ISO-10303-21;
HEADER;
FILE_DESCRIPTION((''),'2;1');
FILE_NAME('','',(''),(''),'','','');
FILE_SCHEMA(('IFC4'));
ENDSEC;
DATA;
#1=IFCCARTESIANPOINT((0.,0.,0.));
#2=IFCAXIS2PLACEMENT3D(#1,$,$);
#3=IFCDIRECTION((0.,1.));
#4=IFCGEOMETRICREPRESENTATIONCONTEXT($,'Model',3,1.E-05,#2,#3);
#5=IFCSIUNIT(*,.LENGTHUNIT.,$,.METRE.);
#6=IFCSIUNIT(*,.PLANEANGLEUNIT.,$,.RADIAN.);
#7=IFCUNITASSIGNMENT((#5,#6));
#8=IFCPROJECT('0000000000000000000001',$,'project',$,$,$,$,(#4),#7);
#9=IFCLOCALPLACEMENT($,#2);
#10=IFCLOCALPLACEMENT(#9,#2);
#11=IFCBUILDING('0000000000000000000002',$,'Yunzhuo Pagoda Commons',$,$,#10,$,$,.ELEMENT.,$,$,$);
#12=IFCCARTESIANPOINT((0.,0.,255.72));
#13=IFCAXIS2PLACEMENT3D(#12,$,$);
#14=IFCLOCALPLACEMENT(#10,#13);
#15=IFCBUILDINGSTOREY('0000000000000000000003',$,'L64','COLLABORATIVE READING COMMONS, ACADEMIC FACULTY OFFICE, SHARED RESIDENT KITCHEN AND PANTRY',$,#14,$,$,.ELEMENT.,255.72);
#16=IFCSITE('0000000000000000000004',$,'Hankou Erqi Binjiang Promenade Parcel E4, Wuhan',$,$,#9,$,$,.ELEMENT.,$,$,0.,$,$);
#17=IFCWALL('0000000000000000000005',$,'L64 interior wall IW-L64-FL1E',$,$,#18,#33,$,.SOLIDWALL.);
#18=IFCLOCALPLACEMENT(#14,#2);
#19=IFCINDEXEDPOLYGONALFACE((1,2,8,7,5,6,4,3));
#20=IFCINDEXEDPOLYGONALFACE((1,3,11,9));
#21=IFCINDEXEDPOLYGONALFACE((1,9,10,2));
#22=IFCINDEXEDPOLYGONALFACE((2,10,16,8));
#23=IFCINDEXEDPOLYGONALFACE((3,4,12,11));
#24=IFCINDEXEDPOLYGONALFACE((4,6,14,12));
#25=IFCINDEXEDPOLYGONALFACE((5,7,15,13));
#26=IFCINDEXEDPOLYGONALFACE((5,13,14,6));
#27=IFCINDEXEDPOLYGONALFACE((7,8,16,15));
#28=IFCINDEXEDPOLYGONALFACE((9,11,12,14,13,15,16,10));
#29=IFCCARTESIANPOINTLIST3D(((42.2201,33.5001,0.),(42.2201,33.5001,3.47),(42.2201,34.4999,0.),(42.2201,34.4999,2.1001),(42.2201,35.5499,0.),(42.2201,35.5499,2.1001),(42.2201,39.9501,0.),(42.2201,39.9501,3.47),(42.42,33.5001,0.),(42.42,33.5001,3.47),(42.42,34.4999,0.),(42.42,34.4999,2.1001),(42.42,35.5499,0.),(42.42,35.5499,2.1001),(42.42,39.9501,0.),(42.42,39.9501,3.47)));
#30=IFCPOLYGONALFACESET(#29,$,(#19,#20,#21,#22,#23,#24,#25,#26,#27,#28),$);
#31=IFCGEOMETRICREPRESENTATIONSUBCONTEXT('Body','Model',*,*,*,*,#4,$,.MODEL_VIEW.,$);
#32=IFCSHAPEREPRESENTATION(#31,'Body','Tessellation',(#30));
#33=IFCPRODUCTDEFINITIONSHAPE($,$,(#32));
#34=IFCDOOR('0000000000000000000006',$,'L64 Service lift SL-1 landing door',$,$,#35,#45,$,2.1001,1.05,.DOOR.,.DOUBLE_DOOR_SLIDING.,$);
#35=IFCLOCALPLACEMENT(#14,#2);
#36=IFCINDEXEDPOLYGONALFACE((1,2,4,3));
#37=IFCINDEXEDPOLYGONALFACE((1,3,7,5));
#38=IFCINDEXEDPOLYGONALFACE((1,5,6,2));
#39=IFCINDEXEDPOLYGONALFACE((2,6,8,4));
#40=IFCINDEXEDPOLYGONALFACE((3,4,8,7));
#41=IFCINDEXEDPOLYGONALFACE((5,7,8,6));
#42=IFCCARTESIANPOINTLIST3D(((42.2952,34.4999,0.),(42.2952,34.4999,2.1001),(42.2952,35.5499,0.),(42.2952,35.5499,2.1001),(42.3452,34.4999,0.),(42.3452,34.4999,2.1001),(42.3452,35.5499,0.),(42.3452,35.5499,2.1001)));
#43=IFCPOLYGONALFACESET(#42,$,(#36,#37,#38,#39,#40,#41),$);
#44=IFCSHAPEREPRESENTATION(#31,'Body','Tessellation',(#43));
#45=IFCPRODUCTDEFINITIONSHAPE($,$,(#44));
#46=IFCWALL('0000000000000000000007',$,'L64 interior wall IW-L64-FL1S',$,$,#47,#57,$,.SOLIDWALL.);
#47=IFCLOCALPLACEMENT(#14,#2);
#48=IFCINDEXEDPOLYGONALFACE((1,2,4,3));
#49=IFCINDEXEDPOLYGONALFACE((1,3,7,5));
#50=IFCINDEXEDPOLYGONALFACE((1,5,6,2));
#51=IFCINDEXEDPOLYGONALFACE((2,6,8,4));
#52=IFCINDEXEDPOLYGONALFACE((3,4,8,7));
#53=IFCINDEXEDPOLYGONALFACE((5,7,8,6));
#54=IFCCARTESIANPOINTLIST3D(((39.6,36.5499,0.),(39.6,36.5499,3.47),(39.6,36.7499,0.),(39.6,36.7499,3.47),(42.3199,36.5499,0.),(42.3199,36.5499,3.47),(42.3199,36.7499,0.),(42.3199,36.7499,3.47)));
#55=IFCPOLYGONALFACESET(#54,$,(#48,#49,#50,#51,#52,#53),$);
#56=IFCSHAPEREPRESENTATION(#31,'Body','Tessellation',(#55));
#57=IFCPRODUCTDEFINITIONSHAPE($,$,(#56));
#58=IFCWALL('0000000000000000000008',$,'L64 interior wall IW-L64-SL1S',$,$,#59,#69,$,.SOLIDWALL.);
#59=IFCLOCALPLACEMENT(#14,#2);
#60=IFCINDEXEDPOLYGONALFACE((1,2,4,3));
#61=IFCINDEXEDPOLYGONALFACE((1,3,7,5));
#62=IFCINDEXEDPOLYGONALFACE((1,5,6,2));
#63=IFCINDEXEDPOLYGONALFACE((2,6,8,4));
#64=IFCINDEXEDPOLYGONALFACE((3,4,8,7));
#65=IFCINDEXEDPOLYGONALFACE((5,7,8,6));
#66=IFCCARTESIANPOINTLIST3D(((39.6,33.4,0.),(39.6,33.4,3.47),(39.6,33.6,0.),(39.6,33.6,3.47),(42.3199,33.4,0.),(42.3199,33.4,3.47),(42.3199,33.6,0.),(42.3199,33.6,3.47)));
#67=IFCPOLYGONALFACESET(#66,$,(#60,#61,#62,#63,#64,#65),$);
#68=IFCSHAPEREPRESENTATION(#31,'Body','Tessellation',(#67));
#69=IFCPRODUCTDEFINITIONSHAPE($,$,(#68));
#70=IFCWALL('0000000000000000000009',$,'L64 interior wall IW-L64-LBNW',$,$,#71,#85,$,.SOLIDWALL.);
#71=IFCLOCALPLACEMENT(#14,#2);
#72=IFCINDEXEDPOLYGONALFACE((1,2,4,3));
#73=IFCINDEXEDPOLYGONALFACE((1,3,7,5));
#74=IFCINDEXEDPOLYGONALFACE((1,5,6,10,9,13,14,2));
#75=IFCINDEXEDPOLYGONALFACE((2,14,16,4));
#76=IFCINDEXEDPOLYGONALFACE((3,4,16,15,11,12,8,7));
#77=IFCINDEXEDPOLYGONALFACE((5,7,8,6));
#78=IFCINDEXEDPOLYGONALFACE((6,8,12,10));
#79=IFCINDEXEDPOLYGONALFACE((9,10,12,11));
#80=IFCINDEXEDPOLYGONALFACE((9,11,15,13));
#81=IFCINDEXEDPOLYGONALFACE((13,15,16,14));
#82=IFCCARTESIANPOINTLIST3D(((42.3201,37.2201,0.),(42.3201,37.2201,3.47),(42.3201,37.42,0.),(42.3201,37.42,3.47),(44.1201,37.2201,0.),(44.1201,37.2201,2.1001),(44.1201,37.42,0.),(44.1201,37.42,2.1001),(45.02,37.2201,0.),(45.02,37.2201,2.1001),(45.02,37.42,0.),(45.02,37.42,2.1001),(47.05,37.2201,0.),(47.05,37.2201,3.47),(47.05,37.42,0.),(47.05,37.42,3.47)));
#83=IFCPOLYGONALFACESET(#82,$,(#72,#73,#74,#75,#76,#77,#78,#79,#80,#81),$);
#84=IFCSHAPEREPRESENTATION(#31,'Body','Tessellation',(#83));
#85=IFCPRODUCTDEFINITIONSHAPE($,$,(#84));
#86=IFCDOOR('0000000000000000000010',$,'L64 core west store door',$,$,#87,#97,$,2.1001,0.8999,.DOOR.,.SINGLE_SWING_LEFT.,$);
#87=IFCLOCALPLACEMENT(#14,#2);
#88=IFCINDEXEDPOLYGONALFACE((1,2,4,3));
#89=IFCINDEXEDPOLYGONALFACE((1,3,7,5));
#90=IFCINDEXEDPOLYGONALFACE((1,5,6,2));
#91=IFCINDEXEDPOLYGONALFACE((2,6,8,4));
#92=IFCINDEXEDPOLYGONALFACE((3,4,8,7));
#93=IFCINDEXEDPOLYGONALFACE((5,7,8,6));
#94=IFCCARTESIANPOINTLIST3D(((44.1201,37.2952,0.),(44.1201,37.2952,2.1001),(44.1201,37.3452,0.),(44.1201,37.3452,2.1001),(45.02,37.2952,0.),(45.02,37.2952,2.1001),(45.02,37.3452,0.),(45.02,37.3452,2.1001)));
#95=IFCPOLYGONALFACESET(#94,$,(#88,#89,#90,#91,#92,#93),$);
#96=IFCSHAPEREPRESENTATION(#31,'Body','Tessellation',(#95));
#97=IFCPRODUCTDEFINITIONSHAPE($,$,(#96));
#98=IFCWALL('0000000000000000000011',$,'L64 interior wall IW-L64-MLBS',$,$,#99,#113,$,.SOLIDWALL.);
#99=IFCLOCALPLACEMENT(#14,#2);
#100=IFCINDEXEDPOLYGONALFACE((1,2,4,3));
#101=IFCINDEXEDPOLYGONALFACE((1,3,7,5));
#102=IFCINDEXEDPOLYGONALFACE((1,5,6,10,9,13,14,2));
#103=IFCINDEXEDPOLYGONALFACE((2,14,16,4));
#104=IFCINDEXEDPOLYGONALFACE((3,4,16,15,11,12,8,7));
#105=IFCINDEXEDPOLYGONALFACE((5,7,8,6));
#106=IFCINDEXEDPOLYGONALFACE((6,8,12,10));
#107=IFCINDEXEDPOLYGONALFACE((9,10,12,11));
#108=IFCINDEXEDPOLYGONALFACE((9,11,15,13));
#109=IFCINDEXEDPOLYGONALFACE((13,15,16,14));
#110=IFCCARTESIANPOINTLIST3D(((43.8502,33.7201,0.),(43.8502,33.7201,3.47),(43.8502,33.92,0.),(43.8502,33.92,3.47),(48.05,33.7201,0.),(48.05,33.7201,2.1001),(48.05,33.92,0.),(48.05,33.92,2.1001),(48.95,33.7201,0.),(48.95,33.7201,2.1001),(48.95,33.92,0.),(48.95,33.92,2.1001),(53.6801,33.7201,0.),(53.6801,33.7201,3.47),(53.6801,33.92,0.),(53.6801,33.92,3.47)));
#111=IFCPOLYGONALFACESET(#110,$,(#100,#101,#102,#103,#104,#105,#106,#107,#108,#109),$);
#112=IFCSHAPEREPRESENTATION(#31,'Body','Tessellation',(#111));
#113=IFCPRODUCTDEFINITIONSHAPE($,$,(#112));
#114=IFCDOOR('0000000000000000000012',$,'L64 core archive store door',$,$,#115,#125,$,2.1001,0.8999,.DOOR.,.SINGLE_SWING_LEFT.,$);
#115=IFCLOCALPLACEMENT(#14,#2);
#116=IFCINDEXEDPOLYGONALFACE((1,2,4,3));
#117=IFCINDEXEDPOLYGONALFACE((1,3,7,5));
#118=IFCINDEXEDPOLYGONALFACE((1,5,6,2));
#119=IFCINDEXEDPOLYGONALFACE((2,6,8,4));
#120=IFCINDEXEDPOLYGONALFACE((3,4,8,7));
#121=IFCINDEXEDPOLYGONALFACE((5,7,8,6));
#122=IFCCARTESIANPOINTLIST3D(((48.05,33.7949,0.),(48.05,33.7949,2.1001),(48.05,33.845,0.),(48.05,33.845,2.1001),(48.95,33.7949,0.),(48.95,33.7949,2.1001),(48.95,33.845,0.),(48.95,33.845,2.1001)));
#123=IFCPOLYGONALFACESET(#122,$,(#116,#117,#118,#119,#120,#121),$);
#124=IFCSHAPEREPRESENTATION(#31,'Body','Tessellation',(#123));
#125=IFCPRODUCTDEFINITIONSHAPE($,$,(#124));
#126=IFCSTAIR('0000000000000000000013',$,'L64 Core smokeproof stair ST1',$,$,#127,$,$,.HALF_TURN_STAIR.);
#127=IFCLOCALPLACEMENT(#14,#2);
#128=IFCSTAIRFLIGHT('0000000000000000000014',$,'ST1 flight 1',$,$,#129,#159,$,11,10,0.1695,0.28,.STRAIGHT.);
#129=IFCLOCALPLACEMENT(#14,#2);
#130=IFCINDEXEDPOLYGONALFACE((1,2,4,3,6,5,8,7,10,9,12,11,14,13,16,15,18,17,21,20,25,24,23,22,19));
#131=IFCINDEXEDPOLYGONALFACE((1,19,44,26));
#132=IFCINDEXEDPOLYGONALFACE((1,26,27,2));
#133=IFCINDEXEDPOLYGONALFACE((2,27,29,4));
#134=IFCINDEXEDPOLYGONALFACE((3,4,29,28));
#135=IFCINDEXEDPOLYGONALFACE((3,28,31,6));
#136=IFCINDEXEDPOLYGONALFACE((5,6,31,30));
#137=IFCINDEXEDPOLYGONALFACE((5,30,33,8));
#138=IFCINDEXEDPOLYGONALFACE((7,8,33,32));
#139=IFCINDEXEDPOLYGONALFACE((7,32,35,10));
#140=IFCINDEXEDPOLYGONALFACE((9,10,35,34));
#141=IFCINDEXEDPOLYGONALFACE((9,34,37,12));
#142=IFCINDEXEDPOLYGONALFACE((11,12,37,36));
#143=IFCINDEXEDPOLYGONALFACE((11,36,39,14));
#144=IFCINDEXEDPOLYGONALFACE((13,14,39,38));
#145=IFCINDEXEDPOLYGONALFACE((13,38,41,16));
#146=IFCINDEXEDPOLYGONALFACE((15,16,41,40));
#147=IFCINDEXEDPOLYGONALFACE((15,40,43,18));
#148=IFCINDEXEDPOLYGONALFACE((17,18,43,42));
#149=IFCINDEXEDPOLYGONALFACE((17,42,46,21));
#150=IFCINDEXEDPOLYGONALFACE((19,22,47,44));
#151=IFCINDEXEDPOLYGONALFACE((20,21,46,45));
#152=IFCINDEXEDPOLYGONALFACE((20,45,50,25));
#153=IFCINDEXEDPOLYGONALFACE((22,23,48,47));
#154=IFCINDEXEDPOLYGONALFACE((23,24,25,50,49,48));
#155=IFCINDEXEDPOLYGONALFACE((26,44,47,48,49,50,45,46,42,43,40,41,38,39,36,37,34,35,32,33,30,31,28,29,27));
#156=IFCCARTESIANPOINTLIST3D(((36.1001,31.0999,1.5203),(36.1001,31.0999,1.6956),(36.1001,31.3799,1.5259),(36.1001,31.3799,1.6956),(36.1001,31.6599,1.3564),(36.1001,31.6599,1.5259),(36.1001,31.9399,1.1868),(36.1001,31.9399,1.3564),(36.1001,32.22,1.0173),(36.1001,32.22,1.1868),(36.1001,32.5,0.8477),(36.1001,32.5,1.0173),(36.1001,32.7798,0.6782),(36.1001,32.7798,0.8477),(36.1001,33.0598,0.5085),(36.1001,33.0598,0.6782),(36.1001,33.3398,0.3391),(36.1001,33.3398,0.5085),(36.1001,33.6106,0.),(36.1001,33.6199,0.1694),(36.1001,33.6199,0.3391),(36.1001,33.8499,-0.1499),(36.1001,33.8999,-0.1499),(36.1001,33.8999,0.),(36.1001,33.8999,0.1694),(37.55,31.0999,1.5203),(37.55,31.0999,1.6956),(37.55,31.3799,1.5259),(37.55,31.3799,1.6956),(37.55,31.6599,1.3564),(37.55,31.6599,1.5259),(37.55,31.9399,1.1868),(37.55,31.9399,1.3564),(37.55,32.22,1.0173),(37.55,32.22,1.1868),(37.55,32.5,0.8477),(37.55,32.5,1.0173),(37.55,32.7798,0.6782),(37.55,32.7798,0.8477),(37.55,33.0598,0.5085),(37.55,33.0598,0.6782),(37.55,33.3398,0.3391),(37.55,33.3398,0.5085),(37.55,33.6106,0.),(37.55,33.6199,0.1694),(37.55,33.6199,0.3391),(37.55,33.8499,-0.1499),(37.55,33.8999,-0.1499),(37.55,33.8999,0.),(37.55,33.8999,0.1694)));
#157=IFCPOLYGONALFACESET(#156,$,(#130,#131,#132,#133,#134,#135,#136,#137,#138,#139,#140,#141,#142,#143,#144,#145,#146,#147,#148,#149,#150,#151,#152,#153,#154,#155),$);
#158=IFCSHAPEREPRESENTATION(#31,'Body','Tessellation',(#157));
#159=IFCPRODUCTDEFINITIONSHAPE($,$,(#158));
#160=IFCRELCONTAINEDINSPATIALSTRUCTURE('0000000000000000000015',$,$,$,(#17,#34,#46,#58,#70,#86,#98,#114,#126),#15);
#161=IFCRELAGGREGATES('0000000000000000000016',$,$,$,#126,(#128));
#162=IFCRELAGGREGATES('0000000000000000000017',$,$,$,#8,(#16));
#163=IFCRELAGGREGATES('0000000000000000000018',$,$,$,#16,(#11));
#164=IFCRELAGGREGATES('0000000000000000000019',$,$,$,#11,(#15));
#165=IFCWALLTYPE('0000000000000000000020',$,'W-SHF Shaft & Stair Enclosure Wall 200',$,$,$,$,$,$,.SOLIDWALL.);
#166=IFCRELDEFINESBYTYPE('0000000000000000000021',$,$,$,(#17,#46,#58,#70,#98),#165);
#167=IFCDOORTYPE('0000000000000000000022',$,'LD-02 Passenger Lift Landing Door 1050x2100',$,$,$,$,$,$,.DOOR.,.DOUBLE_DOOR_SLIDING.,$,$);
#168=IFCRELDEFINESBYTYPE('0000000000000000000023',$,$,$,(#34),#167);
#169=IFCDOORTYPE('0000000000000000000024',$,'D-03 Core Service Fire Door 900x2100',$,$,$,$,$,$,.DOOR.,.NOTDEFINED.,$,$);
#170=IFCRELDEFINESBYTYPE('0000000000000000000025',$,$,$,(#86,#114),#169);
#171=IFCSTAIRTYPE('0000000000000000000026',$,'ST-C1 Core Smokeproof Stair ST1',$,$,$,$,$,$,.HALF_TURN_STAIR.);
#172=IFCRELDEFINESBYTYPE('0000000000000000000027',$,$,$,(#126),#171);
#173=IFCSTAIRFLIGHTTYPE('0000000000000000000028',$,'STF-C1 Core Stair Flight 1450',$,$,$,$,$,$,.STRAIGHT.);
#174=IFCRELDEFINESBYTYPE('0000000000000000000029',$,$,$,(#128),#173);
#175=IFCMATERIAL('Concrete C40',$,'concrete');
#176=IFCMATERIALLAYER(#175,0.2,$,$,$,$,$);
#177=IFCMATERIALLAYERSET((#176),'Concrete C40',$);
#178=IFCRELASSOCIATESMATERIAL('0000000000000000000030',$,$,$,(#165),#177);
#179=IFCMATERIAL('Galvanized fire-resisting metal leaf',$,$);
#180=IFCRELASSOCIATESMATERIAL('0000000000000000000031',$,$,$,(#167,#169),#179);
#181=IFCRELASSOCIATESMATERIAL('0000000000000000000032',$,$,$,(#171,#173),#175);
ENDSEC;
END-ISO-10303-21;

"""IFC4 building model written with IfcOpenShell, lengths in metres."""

from ifc_helpers import new_model, si_unit, direction, frame, frame_2d, origin, origin_with_axes, place, context, subcontext, project, spatial, polyline, rectangle, outline, extrude, source, transform, mapped, material, layer, layer_set, type_object, element, fill, aggregate, save


model = new_model("IFC4")

# Units and contexts
model_context = context("Model", 3, precision=1e-05, world=origin(), true_north=direction((0.0, 1.0)))
body_context = subcontext(model_context, "Body", "Model", "MODEL_VIEW")
ifc_project = project(units=[si_unit("LENGTHUNIT", "METRE"), si_unit("PLANEANGLEUNIT", "RADIAN")], contexts=[model_context])

# Site, building, storey
site_placement = place(None, origin())
site = spatial("IfcSite", under=ifc_project, at=site_placement, Name="Hankou Erqi Binjiang Promenade Parcel E4, Wuhan", CompositionType="ELEMENT", RefElevation=0.0)
building_placement = place(site_placement, origin())
building = spatial("IfcBuilding", under=site, at=building_placement, Name="Yunzhuo Pagoda Commons", CompositionType="ELEMENT")
storey_placement = place(building_placement, frame((0.0, 0.0, 255.72)))
storey = spatial("IfcBuildingStorey", under=building, at=storey_placement, Name="L64", Description="COLLABORATIVE READING COMMONS, ACADEMIC FACULTY OFFICE, SHARED RESIDENT KITCHEN AND PANTRY", CompositionType="ELEMENT", Elevation=255.72)

# Shared definitions
ifc_material_1 = material(Name="Galvanized fire-resisting metal leaf")
shared_shape_1 = source(origin(), body_context, "Body", "SweptSolid", [
    extrude(rectangle(XDim=1.05, YDim=2.1001, at=frame_2d((0.5249, 1.05))), frame((0.0, 0.0249, 0.0), z_axis=(0.0, -1.0, 0.0), x_axis=(1.0, 0.0, 0.0)), (0.0, 0.0, 1.0), 0.05),
])

# Wall, opening, door
ifc_material_2 = material(Name="Concrete C40", Category="concrete")
ifc_layer_1 = layer(ifc_material_2, 0.2)
ifc_layer_set_1 = layer_set([ifc_layer_1], Name="Concrete C40")
wall_type_1 = type_object("IfcWallType", Name="W-SHF Shaft & Stair Enclosure Wall 200", PredefinedType="SOLIDWALL", material=ifc_layer_set_1)
wall_1_placement = place(storey_placement, frame((42.3201, 33.5, 0.0), z_axis=(0.0, 0.0, 1.0), x_axis=(0.0, 1.0, 0.0)))
wall_1 = element("IfcWall", 1, at=wall_1_placement, inside=storey, type_object=wall_type_1, Name="L64 interior wall IW-L64-FL1E", PredefinedType="SOLIDWALL", context=body_context, shape_type="SweptSolid", body=[
    extrude(rectangle(XDim=6.45, YDim=0.2, at=frame_2d((3.2251, 0.0))), origin(), (0.0, 0.0, 1.0), 3.47),
])
opening_1_placement = place(wall_1_placement, frame((1.0, 0.0, 0.0)))
opening_1 = element("IfcOpeningElement", 2, at=opening_1_placement, cuts=wall_1, PredefinedType="OPENING", context=body_context, shape_type="SweptSolid", body=[
    extrude(rectangle(XDim=1.05, YDim=2.1001, at=frame_2d((0.5249, 1.05))), frame((0.0, 0.1099, 0.0), z_axis=(0.0, -1.0, 0.0), x_axis=(1.0, 0.0, 0.0)), (0.0, 0.0, 1.0), 0.22),
])
door_type_1 = type_object("IfcDoorType", Name="LD-02 Passenger Lift Landing Door 1050x2100", OperationType="DOUBLE_DOOR_SLIDING", PredefinedType="DOOR", material=ifc_material_1)
door_1_placement = place(opening_1_placement, origin_with_axes())
door_1 = element("IfcDoor", 3, at=door_1_placement, inside=storey, type_object=door_type_1, Name="L64 Service lift SL-1 landing door", OperationType="DOUBLE_DOOR_SLIDING", OverallHeight=2.1001, OverallWidth=1.05, PredefinedType="DOOR", context=body_context, shape_type="MappedRepresentation", body=[
    mapped(shared_shape_1, transform((0.0, 0.0, 0.0), scale=1.0)),
])
fill(opening_1, door_1)

# Walls
for number, where, z_axis, x_axis, name in (
    (4, (39.6001, 36.6499, 0.0), (0.0, 0.0, 1.0), (1.0, 0.0, 0.0), "L64 interior wall IW-L64-FL1S"),
    (5, (39.6001, 33.5, 0.0), (0.0, 0.0, 1.0), (1.0, 0.0, 0.0), "L64 interior wall IW-L64-SL1S"),
):
    element("IfcWall", number, at=place(storey_placement, frame(where, z_axis=z_axis, x_axis=x_axis)), inside=storey, type_object=wall_type_1, Name=name, PredefinedType="SOLIDWALL", context=body_context, shape_type="SweptSolid", body=[
        extrude(rectangle(XDim=2.72, YDim=0.2, at=frame_2d((1.3599, 0.0))), origin(), (0.0, 0.0, 1.0), 3.47),
    ])

# Walls, openings, doors
wall_2_placement = place(storey_placement, frame((42.3201, 37.3201, 0.0), z_axis=(0.0, 0.0, 1.0), x_axis=(1.0, 0.0, 0.0)))
wall_2 = element("IfcWall", 6, at=wall_2_placement, inside=storey, type_object=wall_type_1, Name="L64 interior wall IW-L64-LBNW", PredefinedType="SOLIDWALL", context=body_context, shape_type="SweptSolid", body=[
    extrude(rectangle(XDim=4.73, YDim=0.2, at=frame_2d((2.365, 0.0))), origin(), (0.0, 0.0, 1.0), 3.47),
])
opening_2_placement = place(wall_2_placement, frame((1.8, 0.0, 0.0)))
opening_2 = element("IfcOpeningElement", 7, at=opening_2_placement, cuts=wall_2, PredefinedType="OPENING", context=body_context, shape_type="SweptSolid", body=[
    extrude(rectangle(XDim=0.8999, YDim=2.1001, at=frame_2d((0.45, 1.05))), frame((0.0, 0.1099, 0.0), z_axis=(0.0, -1.0, 0.0), x_axis=(1.0, 0.0, 0.0)), (0.0, 0.0, 1.0), 0.22),
])
door_type_2 = type_object("IfcDoorType", Name="D-03 Core Service Fire Door 900x2100", OperationType="NOTDEFINED", PredefinedType="DOOR", material=ifc_material_1)
shared_shape_2 = source(origin(), body_context, "Body", "SweptSolid", [
    extrude(rectangle(XDim=0.8999, YDim=2.1001, at=frame_2d((0.45, 1.05))), frame((0.0, 0.0249, 0.0), z_axis=(0.0, -1.0, 0.0), x_axis=(1.0, 0.0, 0.0)), (0.0, 0.0, 1.0), 0.05),
])
door_2_placement = place(opening_2_placement, frame((0.8999, 0.0, 0.0), z_axis=(0.0, 0.0, 1.0), x_axis=(-1.0, 0.0, 0.0)))
door_2 = element("IfcDoor", 8, at=door_2_placement, inside=storey, type_object=door_type_2, Name="L64 core west store door", OperationType="SINGLE_SWING_LEFT", OverallHeight=2.1001, OverallWidth=0.8999, PredefinedType="DOOR", context=body_context, shape_type="MappedRepresentation", body=[
    mapped(shared_shape_2, transform((0.0, 0.0, 0.0), scale=1.0)),
])
fill(opening_2, door_2)
wall_3_placement = place(storey_placement, frame((43.8501, 33.8201, 0.0), z_axis=(0.0, 0.0, 1.0), x_axis=(1.0, 0.0, 0.0)))
wall_3 = element("IfcWall", 9, at=wall_3_placement, inside=storey, type_object=wall_type_1, Name="L64 interior wall IW-L64-MLBS", PredefinedType="SOLIDWALL", context=body_context, shape_type="SweptSolid", body=[
    extrude(rectangle(XDim=9.8298, YDim=0.2, at=frame_2d((4.915, 0.0))), origin(), (0.0, 0.0, 1.0), 3.47),
])
opening_3_placement = place(wall_3_placement, frame((4.2, 0.0, 0.0)))
opening_3 = element("IfcOpeningElement", 10, at=opening_3_placement, cuts=wall_3, PredefinedType="OPENING", context=body_context, shape_type="SweptSolid", body=[
    extrude(rectangle(XDim=0.8999, YDim=2.1001, at=frame_2d((0.45, 1.05))), frame((0.0, 0.1099, 0.0), z_axis=(0.0, -1.0, 0.0), x_axis=(1.0, 0.0, 0.0)), (0.0, 0.0, 1.0), 0.22),
])
door_3_placement = place(opening_3_placement, origin_with_axes())
door_3 = element("IfcDoor", 11, at=door_3_placement, inside=storey, type_object=door_type_2, Name="L64 core archive store door", OperationType="SINGLE_SWING_LEFT", OverallHeight=2.1001, OverallWidth=0.8999, PredefinedType="DOOR", context=body_context, shape_type="MappedRepresentation", body=[
    mapped(shared_shape_2, transform((0.0, 0.0, 0.0), scale=1.0)),
])
fill(opening_3, door_3)

# Stair, stair flight
stair_type = type_object("IfcStairType", Name="ST-C1 Core Smokeproof Stair ST1", PredefinedType="HALF_TURN_STAIR", material=ifc_material_2)
stair_placement = place(storey_placement, origin())
stair = element("IfcStair", 12, at=stair_placement, inside=storey, type_object=stair_type, Name="L64 Core smokeproof stair ST1", PredefinedType="HALF_TURN_STAIR")
stair_flight_type = type_object("IfcStairFlightType", Name="STF-C1 Core Stair Flight 1450", PredefinedType="STRAIGHT", material=ifc_material_2)
shared_shape_3 = source(origin(), body_context, "Body", "SweptSolid", [
    extrude(outline(polyline([(0.0, -0.1499), (0.0, 0.0), (0.0, 0.1694), (0.28, 0.1694), (0.28, 0.3391), (0.5601, 0.3391), (0.5601, 0.5085), (0.8401, 0.5085), (0.8401, 0.6782), (1.1201, 0.6782), (1.1201, 0.8477), (1.3999, 0.8477), (1.3999, 1.0173), (1.6799, 1.0173), (1.6799, 1.1868), (1.96, 1.1868), (1.96, 1.3564), (2.24, 1.3564), (2.24, 1.5259), (2.52, 1.5259), (2.52, 1.6956), (2.8, 1.6956), (2.8, 1.865), (2.8, 1.5203), (0.2893, 0.0), (0.05, -0.1499), (0.0, -0.1499)])), frame((0.0, 0.7251, 0.0), z_axis=(0.0, -1.0, 0.0), x_axis=(1.0, 0.0, 0.0)), (0.0, 0.0, 1.0), 1.45),
])
stair_flight_placement = place(storey_placement, frame((36.825, 33.8999, 0.0), z_axis=(0.0, 0.0, 1.0), x_axis=(0.0, -1.0, 0.0)))
stair_flight = element("IfcStairFlight", 13, at=stair_flight_placement, type_object=stair_flight_type, Name="ST1 flight 1", NumberOfRisers=11, NumberOfTreads=10, PredefinedType="STRAIGHT", RiserHeight=0.1695, TreadLength=0.28, context=body_context, shape_type="MappedRepresentation", body=[
    mapped(shared_shape_3, transform((0.0, 0.0, 0.0), scale=1.0)),
])
aggregate(stair, [stair_flight])

save(model, "model.ifc")
